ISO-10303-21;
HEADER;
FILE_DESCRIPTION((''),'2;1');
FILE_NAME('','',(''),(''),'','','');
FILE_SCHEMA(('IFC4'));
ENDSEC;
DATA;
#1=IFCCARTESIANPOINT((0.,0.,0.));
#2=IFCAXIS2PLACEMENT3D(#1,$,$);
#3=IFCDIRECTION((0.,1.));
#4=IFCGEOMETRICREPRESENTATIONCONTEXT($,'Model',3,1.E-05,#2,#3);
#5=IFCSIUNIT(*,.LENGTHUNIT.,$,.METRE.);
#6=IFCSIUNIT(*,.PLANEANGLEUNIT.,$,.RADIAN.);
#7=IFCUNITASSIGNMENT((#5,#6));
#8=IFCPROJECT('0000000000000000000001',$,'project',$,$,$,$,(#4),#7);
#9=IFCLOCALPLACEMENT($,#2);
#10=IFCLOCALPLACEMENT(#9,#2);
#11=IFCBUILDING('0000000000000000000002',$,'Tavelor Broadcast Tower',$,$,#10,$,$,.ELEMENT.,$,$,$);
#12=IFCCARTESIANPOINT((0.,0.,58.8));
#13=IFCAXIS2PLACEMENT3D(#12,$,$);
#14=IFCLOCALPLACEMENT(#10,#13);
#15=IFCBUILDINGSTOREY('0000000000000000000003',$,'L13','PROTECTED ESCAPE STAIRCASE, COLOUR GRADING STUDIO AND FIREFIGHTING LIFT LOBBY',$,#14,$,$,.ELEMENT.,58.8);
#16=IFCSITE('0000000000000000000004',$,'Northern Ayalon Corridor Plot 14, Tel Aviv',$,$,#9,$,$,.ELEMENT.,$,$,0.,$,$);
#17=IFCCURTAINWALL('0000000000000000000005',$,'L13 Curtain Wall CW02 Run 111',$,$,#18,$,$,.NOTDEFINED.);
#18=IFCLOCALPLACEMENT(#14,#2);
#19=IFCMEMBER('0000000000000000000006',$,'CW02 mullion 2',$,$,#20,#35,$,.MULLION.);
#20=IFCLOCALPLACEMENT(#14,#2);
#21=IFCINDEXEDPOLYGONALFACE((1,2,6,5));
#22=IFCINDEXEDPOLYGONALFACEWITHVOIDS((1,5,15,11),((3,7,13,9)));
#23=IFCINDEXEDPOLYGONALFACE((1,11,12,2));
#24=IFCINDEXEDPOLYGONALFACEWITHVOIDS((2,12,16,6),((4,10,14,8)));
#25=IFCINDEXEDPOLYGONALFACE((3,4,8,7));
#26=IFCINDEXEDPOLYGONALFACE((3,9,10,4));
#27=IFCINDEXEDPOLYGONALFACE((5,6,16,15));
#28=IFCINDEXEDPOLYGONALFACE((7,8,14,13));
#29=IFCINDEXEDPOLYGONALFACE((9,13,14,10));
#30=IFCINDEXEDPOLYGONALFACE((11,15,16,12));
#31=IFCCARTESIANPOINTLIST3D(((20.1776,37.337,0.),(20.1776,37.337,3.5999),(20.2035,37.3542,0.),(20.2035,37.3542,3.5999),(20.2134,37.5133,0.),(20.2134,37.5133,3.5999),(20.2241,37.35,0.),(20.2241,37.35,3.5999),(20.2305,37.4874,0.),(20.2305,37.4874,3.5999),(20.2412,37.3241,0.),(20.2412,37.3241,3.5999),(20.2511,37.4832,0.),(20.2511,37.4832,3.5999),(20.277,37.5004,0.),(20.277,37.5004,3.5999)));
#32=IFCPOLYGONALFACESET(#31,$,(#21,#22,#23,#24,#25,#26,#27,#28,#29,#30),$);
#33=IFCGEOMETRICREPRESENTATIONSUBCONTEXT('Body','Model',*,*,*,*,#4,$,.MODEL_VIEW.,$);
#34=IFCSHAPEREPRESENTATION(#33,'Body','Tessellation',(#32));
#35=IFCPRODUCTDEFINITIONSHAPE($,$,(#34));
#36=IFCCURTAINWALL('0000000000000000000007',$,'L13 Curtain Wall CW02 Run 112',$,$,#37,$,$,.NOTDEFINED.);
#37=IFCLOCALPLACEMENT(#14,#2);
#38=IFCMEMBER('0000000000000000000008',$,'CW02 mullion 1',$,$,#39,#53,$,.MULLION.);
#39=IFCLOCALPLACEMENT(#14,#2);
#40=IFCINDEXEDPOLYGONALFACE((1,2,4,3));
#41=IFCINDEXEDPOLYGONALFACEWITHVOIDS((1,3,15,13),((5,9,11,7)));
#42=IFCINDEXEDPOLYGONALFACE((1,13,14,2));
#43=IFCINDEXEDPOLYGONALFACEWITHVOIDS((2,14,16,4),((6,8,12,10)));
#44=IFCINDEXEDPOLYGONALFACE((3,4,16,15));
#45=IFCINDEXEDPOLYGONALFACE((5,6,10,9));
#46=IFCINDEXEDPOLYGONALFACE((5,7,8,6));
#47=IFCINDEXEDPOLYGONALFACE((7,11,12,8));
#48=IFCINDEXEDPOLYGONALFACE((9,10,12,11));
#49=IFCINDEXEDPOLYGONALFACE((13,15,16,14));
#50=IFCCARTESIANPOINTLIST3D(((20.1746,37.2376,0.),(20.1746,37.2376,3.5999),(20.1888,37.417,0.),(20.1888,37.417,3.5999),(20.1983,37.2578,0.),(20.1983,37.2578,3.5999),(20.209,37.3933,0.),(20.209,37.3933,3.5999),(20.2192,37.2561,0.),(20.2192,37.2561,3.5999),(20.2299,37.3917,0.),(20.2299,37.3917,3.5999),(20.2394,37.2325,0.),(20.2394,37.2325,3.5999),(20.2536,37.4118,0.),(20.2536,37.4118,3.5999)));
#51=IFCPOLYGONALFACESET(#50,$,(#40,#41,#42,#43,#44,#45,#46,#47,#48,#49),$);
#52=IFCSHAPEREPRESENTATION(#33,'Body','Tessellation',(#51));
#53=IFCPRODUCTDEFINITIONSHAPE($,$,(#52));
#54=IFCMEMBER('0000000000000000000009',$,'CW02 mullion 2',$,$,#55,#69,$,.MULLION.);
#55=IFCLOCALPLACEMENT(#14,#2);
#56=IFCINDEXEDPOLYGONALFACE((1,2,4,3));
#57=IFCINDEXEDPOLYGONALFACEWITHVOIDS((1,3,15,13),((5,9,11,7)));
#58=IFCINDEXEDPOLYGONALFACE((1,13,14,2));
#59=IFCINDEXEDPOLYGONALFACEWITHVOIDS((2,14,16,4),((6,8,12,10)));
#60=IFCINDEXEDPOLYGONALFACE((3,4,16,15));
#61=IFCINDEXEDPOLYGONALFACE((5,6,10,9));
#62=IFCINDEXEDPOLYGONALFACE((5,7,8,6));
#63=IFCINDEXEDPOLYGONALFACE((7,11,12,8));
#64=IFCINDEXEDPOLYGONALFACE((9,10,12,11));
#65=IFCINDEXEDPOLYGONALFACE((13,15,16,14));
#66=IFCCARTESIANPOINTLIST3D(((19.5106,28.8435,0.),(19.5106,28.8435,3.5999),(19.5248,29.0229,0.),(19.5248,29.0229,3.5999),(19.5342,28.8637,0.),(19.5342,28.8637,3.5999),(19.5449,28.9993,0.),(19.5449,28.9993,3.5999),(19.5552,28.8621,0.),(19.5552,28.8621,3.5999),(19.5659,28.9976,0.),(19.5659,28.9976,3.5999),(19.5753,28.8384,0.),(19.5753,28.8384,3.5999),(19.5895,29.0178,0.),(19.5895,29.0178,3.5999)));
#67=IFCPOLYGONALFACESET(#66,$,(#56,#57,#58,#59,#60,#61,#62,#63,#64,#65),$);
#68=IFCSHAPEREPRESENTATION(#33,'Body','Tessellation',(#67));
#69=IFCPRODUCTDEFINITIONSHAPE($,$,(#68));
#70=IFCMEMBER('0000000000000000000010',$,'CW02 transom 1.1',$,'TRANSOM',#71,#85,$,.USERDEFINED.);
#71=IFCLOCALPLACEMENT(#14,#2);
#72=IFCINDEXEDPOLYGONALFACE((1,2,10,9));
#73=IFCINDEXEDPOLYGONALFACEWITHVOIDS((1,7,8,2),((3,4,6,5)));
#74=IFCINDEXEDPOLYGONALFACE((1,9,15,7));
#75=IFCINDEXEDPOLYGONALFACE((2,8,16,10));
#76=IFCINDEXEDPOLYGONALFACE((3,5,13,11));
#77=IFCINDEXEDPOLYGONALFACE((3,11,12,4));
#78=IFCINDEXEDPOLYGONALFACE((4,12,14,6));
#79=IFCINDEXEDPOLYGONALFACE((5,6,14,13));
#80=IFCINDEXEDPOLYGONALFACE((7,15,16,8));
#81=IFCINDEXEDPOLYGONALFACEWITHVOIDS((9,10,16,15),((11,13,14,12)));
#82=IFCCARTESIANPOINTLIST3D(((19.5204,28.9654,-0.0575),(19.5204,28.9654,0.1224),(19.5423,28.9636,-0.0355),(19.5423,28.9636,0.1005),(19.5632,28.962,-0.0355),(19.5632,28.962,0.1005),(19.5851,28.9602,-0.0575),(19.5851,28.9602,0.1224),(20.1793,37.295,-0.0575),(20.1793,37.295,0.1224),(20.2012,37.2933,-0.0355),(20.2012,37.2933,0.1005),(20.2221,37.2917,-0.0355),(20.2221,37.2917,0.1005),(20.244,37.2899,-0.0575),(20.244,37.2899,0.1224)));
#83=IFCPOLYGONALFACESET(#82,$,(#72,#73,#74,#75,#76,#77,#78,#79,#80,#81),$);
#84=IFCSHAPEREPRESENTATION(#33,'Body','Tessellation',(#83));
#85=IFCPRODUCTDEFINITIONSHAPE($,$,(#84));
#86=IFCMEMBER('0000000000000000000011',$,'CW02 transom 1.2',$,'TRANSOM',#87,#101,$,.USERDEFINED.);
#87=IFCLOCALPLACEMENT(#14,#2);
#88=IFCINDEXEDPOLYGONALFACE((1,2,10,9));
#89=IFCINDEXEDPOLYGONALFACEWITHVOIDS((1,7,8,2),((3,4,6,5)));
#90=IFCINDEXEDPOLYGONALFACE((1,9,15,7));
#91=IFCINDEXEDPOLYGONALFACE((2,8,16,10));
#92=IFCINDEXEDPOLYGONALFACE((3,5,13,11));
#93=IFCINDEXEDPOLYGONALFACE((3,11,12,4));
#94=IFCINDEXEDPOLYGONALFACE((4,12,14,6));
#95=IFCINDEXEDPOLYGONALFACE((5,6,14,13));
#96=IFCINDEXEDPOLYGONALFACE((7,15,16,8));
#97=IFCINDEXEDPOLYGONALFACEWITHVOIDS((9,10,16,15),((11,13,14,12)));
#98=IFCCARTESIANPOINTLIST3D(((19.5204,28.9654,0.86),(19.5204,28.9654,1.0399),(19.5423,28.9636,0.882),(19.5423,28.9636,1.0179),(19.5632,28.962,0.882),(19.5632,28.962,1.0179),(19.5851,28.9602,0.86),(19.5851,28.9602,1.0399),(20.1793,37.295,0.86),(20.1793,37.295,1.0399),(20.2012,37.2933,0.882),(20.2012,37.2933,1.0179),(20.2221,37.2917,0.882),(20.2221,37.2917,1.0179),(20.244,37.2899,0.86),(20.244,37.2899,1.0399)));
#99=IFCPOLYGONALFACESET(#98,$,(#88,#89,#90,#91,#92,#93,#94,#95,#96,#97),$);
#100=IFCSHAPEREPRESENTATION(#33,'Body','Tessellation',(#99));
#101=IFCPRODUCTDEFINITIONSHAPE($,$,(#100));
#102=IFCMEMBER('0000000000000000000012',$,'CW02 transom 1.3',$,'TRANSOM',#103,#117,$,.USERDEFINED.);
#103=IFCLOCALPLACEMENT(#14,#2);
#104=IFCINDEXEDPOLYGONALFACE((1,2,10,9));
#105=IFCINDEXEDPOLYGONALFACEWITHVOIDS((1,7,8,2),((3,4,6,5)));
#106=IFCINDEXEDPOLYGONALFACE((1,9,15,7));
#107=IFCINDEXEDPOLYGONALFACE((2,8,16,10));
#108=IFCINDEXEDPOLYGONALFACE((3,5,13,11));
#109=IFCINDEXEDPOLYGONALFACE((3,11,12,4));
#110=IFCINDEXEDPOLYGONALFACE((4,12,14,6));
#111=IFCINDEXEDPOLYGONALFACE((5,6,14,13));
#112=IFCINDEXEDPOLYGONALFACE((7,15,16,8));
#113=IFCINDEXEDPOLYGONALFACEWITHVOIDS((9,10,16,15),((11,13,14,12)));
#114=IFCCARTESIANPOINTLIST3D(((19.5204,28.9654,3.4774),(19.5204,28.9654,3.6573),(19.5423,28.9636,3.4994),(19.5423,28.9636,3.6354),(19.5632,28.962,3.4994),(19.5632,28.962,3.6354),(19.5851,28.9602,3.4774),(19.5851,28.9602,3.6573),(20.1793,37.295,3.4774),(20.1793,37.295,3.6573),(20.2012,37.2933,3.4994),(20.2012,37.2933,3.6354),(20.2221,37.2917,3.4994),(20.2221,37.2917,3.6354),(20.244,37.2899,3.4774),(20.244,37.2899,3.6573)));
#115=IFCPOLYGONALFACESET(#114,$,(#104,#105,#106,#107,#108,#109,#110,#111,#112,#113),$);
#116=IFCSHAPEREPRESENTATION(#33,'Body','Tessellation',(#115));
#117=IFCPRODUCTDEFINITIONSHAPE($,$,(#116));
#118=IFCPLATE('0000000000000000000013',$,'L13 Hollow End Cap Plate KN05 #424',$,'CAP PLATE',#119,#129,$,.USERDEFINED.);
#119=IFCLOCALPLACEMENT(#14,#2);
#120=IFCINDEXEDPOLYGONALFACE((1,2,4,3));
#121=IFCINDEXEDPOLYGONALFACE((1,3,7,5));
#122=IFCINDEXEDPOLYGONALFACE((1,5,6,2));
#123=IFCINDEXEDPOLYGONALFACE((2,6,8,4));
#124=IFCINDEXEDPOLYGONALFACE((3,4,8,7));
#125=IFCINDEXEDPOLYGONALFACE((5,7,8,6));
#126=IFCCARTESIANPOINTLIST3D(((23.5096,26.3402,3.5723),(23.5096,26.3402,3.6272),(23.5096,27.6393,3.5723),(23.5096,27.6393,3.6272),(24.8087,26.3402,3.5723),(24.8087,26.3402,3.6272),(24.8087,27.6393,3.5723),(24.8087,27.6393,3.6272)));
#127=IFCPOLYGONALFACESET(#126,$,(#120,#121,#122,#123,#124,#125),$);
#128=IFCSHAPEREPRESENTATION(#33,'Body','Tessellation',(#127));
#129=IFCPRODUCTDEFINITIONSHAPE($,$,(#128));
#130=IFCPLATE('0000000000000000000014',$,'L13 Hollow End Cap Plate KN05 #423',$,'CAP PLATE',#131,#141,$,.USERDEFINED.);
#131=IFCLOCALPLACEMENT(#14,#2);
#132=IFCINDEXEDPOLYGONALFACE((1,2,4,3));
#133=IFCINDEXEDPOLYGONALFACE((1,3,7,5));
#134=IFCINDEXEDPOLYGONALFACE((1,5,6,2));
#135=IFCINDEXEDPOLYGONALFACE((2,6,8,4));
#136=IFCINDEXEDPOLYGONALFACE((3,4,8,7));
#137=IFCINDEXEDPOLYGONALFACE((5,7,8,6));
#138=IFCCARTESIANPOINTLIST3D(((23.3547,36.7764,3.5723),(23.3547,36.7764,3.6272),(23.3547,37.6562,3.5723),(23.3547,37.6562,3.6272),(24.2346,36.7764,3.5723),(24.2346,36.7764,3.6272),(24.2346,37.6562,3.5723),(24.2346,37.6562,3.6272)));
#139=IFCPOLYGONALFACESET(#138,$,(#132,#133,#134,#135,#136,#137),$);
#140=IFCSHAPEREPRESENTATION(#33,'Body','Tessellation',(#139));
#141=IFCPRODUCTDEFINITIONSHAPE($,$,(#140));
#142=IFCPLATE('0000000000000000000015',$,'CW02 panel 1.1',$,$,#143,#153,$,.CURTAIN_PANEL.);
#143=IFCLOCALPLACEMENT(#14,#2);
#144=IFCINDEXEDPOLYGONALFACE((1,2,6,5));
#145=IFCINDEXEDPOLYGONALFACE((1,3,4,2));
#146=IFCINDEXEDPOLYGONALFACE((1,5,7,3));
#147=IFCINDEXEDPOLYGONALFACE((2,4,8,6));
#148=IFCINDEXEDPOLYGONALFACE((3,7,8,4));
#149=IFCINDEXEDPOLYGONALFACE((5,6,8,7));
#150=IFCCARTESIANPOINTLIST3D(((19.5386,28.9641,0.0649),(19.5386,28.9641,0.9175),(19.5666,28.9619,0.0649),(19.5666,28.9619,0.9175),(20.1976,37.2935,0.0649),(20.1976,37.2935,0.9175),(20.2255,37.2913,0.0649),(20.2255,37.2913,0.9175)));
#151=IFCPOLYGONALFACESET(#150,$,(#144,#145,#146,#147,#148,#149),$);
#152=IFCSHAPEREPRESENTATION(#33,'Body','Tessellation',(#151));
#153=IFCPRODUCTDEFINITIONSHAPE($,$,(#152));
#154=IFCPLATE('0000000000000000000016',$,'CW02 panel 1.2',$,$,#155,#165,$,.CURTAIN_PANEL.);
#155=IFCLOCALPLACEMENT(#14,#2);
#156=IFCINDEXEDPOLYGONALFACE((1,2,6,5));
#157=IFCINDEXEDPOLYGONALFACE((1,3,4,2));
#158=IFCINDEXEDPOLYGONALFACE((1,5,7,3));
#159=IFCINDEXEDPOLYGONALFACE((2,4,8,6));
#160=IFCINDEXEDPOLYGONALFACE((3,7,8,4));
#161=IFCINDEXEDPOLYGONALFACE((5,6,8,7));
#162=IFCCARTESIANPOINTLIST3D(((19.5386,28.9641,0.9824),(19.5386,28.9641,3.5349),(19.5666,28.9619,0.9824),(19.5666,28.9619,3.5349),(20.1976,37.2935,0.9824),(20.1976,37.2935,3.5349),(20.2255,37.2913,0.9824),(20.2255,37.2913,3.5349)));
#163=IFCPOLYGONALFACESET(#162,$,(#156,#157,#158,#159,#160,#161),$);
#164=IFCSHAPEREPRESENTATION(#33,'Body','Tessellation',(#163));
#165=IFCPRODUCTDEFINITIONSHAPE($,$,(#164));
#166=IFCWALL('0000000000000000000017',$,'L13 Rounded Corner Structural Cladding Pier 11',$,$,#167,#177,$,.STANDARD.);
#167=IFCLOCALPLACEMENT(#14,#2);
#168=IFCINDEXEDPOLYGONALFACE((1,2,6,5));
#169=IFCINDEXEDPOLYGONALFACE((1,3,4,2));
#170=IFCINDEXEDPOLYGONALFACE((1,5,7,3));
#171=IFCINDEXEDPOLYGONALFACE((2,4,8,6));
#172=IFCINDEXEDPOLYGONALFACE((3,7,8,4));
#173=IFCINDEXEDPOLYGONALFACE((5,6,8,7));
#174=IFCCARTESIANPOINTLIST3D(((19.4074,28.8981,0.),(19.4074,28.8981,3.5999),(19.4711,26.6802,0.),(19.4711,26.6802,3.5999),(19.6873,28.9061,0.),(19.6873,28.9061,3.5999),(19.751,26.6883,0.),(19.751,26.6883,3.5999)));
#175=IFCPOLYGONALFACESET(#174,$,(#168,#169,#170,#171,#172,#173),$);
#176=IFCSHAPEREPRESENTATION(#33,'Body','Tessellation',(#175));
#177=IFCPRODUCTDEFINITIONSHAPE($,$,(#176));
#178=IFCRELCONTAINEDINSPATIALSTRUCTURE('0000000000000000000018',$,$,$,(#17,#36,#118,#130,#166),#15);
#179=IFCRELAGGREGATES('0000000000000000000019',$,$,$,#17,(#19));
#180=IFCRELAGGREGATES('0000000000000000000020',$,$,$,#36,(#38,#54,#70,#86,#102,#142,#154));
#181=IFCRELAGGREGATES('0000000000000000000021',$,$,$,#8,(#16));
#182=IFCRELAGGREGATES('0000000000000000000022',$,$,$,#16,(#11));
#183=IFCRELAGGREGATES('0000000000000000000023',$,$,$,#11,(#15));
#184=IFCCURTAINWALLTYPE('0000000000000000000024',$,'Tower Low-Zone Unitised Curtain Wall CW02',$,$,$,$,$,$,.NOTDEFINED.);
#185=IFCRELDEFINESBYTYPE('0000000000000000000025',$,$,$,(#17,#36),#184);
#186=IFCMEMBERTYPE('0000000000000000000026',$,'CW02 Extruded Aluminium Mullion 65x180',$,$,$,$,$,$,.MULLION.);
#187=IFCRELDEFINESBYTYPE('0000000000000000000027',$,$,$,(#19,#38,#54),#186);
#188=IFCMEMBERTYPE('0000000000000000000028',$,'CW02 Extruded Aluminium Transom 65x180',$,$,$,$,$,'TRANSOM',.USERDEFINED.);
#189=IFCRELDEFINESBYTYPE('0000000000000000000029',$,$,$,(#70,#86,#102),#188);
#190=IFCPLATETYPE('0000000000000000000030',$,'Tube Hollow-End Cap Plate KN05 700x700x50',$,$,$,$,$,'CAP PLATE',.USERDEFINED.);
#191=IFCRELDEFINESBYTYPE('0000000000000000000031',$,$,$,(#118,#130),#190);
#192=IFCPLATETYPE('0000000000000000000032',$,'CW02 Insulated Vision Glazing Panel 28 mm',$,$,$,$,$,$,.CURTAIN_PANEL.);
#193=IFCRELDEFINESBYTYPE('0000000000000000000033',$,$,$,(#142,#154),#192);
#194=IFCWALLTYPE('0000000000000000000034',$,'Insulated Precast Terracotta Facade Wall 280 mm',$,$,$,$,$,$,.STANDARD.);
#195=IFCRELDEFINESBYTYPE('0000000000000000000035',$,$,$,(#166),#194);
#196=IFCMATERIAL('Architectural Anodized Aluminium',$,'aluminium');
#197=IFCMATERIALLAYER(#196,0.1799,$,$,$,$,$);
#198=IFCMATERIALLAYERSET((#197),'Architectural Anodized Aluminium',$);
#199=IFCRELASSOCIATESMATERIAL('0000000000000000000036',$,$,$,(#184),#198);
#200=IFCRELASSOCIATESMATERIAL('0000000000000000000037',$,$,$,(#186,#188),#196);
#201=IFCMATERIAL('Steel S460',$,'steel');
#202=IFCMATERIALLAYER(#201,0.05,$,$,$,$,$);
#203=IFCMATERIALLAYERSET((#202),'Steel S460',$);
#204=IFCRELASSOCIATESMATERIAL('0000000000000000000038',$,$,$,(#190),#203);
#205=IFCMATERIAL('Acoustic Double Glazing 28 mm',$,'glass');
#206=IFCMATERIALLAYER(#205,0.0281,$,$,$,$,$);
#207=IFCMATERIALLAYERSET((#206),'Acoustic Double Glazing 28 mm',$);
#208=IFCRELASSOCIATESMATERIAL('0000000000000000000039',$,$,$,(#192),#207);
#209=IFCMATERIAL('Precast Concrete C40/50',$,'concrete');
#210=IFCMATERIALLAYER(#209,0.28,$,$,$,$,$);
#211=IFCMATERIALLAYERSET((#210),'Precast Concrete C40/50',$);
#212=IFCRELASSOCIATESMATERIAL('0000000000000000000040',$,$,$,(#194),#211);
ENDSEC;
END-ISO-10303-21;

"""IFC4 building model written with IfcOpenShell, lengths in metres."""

from ifc_helpers import new_model, si_unit, direction, frame, frame_2d, origin, origin_2d, place, context, subcontext, project, spatial, rectangle, hollow_rectangle, extrude, source, transform, mapped, material, layer, layer_set, material_profile, profile_set, type_object, type_shapes, element, aggregate, save


model = new_model("IFC4")

# Units and contexts
model_context = context("Model", 3, precision=1e-05, world=origin(), true_north=direction((0.0, 1.0)))
body_context = subcontext(model_context, "Body", "Model", "MODEL_VIEW")
ifc_project = project(units=[si_unit("LENGTHUNIT", "METRE"), si_unit("PLANEANGLEUNIT", "RADIAN")], contexts=[model_context])

# Site, building, storey
site_placement = place(None, origin())
site = spatial("IfcSite", under=ifc_project, at=site_placement, Name="Northern Ayalon Corridor Plot 14, Tel Aviv", CompositionType="ELEMENT", RefElevation=0.0)
building_placement = place(site_placement, origin())
building = spatial("IfcBuilding", under=site, at=building_placement, Name="Tavelor Broadcast Tower", CompositionType="ELEMENT")
storey_placement = place(building_placement, frame((0.0, 0.0, 58.8)))
storey = spatial("IfcBuildingStorey", under=building, at=storey_placement, Name="L13", Description="PROTECTED ESCAPE STAIRCASE, COLOUR GRADING STUDIO AND FIREFIGHTING LIFT LOBBY", CompositionType="ELEMENT", Elevation=58.8)

# Shared definitions
ifc_material_1 = material(Name="Steel S460", Category="steel")

# Curtain wall, member
ifc_material_2 = material(Name="Architectural Anodized Aluminium", Category="aluminium")
ifc_layer_1 = layer(ifc_material_2, 0.1799)
ifc_layer_set_1 = layer_set([ifc_layer_1], Name="Architectural Anodized Aluminium")
curtain_wall_type = type_object("IfcCurtainWallType", Name="Tower Low-Zone Unitised Curtain Wall CW02", PredefinedType="NOTDEFINED", material=ifc_layer_set_1)
curtain_wall_1_placement = place(storey_placement, origin())
curtain_wall_1 = element("IfcCurtainWall", 1, at=curtain_wall_1_placement, inside=storey, type_object=curtain_wall_type, Name="L13 Curtain Wall CW02 Run 111", PredefinedType="NOTDEFINED")
ifc_material_profile_1 = material_profile(ifc_material_2, hollow_rectangle(XDim=0.0649, YDim=0.1799, WallThickness=0.022, at=origin_2d()), Name="RHS 65x180x22")
ifc_profile_set_1 = profile_set([ifc_material_profile_1], Name="Architectural Anodized Aluminium")
member_type_1 = type_object("IfcMemberType", Name="CW02 Extruded Aluminium Mullion 65x180", PredefinedType="MULLION", material=ifc_profile_set_1)
shared_shape_1 = source(origin(), body_context, "Body", "SweptSolid", [
    extrude(hollow_rectangle(XDim=0.0649, YDim=0.1799, WallThickness=0.022, at=origin_2d()), origin(), (0.0, 0.0, 1.0), 3.5999),
])
type_shapes(member_type_1, [shared_shape_1])
member_1_placement = place(storey_placement, frame((20.2273, 37.4187, 0.0), z_axis=(0.0, 0.0, 1.0), x_axis=(0.980014, -0.198929, 0.0)))
member_1 = element("IfcMember", 2, at=member_1_placement, type_object=member_type_1, Name="CW02 mullion 2", PredefinedType="MULLION", context=body_context, shape_type="MappedRepresentation", body=[
    mapped(shared_shape_1, transform((0.0, 0.0, 0.0), scale=1.0)),
])
aggregate(curtain_wall_1, [member_1])

# Curtain wall, members
curtain_wall_2_placement = place(storey_placement, origin())
curtain_wall_2 = element("IfcCurtainWall", 3, at=curtain_wall_2_placement, inside=storey, type_object=curtain_wall_type, Name="L13 Curtain Wall CW02 Run 112", PredefinedType="NOTDEFINED")
member_2_placement = place(storey_placement, frame((20.2141, 37.3247, 0.0), z_axis=(0.0, 0.0, 1.0), x_axis=(0.996885, -0.078865, 0.0)))
member_2 = element("IfcMember", 4, at=member_2_placement, type_object=member_type_1, Name="CW02 mullion 1", PredefinedType="MULLION", context=body_context, shape_type="MappedRepresentation", body=[
    mapped(shared_shape_1, transform((0.0, 0.0, 0.0), scale=1.0)),
])
member_3_placement = place(storey_placement, frame((19.55, 28.9307, 0.0), z_axis=(0.0, 0.0, 1.0), x_axis=(0.996885, -0.078865, 0.0)))
member_3 = element("IfcMember", 5, at=member_3_placement, type_object=member_type_1, Name="CW02 mullion 2", PredefinedType="MULLION", context=body_context, shape_type="MappedRepresentation", body=[
    mapped(shared_shape_1, transform((0.0, 0.0, 0.0), scale=1.0)),
])
ifc_material_profile_2 = material_profile(ifc_material_2, hollow_rectangle(XDim=0.0649, YDim=0.1799, WallThickness=0.022, at=origin_2d()), Name="RHS 65x180x22")
ifc_profile_set_2 = profile_set([ifc_material_profile_2], Name="Architectural Anodized Aluminium")
member_type_2 = type_object("IfcMemberType", Name="CW02 Extruded Aluminium Transom 65x180", ElementType="TRANSOM", PredefinedType="USERDEFINED", material=ifc_profile_set_2)
shared_shape_2 = source(origin(), body_context, "Body", "SweptSolid", [
    extrude(hollow_rectangle(XDim=0.0649, YDim=0.1799, WallThickness=0.022, at=origin_2d()), origin(), (0.0, 0.0, 1.0), 8.3557),
])
type_shapes(member_type_2, [shared_shape_2])
member_4_placement = place(storey_placement, frame((20.2117, 37.2925, 0.0325), z_axis=(-0.078861, -0.996886, 0.0), x_axis=(0.996886, -0.078861, 0.0)))
member_4 = element("IfcMember", 6, at=member_4_placement, type_object=member_type_2, Name="CW02 transom 1.1", ObjectType="TRANSOM", PredefinedType="USERDEFINED", context=body_context, shape_type="MappedRepresentation", body=[
    mapped(shared_shape_2, transform((0.0, 0.0, 0.0), scale=1.0)),
])
member_5_placement = place(storey_placement, frame((20.2117, 37.2925, 0.95), z_axis=(-0.078861, -0.996886, 0.0), x_axis=(0.996886, -0.078861, 0.0)))
member_5 = element("IfcMember", 7, at=member_5_placement, type_object=member_type_2, Name="CW02 transom 1.2", ObjectType="TRANSOM", PredefinedType="USERDEFINED", context=body_context, shape_type="MappedRepresentation", body=[
    mapped(shared_shape_2, transform((0.0, 0.0, 0.0), scale=1.0)),
])
member_6_placement = place(storey_placement, frame((20.2117, 37.2925, 3.5674), z_axis=(-0.078861, -0.996886, 0.0), x_axis=(0.996886, -0.078861, 0.0)))
member_6 = element("IfcMember", 8, at=member_6_placement, type_object=member_type_2, Name="CW02 transom 1.3", ObjectType="TRANSOM", PredefinedType="USERDEFINED", context=body_context, shape_type="MappedRepresentation", body=[
    mapped(shared_shape_2, transform((0.0, 0.0, 0.0), scale=1.0)),
])

# Plates
ifc_layer_2 = layer(ifc_material_1, 0.05)
ifc_layer_set_2 = layer_set([ifc_layer_2], Name="Steel S460")
plate_type_1 = type_object("IfcPlateType", Name="Tube Hollow-End Cap Plate KN05 700x700x50", ElementType="CAP PLATE", PredefinedType="USERDEFINED", material=ifc_layer_set_2)
shared_shape_3 = source(origin(), body_context, "Body", "SweptSolid", [
    extrude(rectangle(XDim=1.2991, YDim=1.2991, at=origin_2d()), origin(), (0.0, 0.0, 1.0), 0.0549),
])
plate_1_placement = place(storey_placement, frame((24.1592, 26.9897, 3.5723), z_axis=(0.0, 0.0, 1.0), x_axis=(1.0, 0.0, 0.0)))
element("IfcPlate", 9, at=plate_1_placement, inside=storey, type_object=plate_type_1, Name="L13 Hollow End Cap Plate KN05 #424", ObjectType="CAP PLATE", PredefinedType="USERDEFINED", context=body_context, shape_type="MappedRepresentation", body=[
    mapped(shared_shape_3, transform((0.0, 0.0, 0.0), scale=1.0)),
])
shared_shape_4 = source(origin(), body_context, "Body", "SweptSolid", [
    extrude(rectangle(XDim=0.8799, YDim=0.8799, at=origin_2d()), origin(), (0.0, 0.0, 1.0), 0.0549),
])
type_shapes(plate_type_1, [shared_shape_3, shared_shape_4])
plate_2_placement = place(storey_placement, frame((23.7947, 37.2163, 3.5723), z_axis=(0.0, 0.0, 1.0), x_axis=(1.0, 0.0, 0.0)))
element("IfcPlate", 10, at=plate_2_placement, inside=storey, type_object=plate_type_1, Name="L13 Hollow End Cap Plate KN05 #423", ObjectType="CAP PLATE", PredefinedType="USERDEFINED", context=body_context, shape_type="MappedRepresentation", body=[
    mapped(shared_shape_4, transform((0.0, 0.0, 0.0), scale=1.0)),
])

# Plates
ifc_material_3 = material(Name="Acoustic Double Glazing 28 mm", Category="glass")
ifc_layer_3 = layer(ifc_material_3, 0.0281)
ifc_layer_set_3 = layer_set([ifc_layer_3], Name="Acoustic Double Glazing 28 mm")
plate_type_2 = type_object("IfcPlateType", Name="CW02 Insulated Vision Glazing Panel 28 mm", PredefinedType="CURTAIN_PANEL", material=ifc_layer_set_3)
shared_shape_5 = source(origin(), body_context, "Body", "SweptSolid", [
    extrude(rectangle(XDim=8.3555, YDim=0.0281, at=origin_2d()), origin(), (0.0, 0.0, 1.0), 0.8525),
])
plate_3_placement = place(storey_placement, frame((19.8821, 33.1277, 0.0649), z_axis=(0.0, 0.0, 1.0), x_axis=(-0.078865, -0.996885, 0.0)))
plate_3 = element("IfcPlate", 11, at=plate_3_placement, type_object=plate_type_2, Name="CW02 panel 1.1", PredefinedType="CURTAIN_PANEL", context=body_context, shape_type="MappedRepresentation", body=[
    mapped(shared_shape_5, transform((0.0, 0.0, 0.0), scale=1.0)),
])
shared_shape_6 = source(origin(), body_context, "Body", "SweptSolid", [
    extrude(rectangle(XDim=8.3555, YDim=0.0281, at=origin_2d()), origin(), (0.0, 0.0, 1.0), 2.5525),
])
type_shapes(plate_type_2, [shared_shape_5, shared_shape_6])
plate_4_placement = place(storey_placement, frame((19.8821, 33.1277, 0.9824), z_axis=(0.0, 0.0, 1.0), x_axis=(-0.078865, -0.996885, 0.0)))
plate_4 = element("IfcPlate", 12, at=plate_4_placement, type_object=plate_type_2, Name="CW02 panel 1.2", PredefinedType="CURTAIN_PANEL", context=body_context, shape_type="MappedRepresentation", body=[
    mapped(shared_shape_6, transform((0.0, 0.0, 0.0), scale=1.0)),
])
aggregate(curtain_wall_2, [member_2, member_3, member_4, member_5, member_6, plate_3, plate_4])

# Wall
ifc_material_4 = material(Name="Precast Concrete C40/50", Category="concrete")
ifc_layer_4 = layer(ifc_material_4, 0.28)
ifc_layer_set_4 = layer_set([ifc_layer_4], Name="Precast Concrete C40/50")
wall_type_1 = type_object("IfcWallType", Name="Insulated Precast Terracotta Facade Wall 280 mm", PredefinedType="STANDARD", material=ifc_layer_set_4)
wall_1_placement = place(storey_placement, frame((19.5474, 28.9021, 0.0), z_axis=(0.0, 0.0, 1.0), x_axis=(0.02872, -0.999587, 0.0)))
element("IfcWall", 13, at=wall_1_placement, inside=storey, type_object=wall_type_1, Name="L13 Rounded Corner Structural Cladding Pier 11", PredefinedType="STANDARD", context=body_context, shape_type="SweptSolid", body=[
    extrude(rectangle(XDim=2.2188, YDim=0.28, at=frame_2d((1.1094, 0.0))), origin(), (0.0, 0.0, 1.0), 3.5999),
])

save(model, "model.ifc")
